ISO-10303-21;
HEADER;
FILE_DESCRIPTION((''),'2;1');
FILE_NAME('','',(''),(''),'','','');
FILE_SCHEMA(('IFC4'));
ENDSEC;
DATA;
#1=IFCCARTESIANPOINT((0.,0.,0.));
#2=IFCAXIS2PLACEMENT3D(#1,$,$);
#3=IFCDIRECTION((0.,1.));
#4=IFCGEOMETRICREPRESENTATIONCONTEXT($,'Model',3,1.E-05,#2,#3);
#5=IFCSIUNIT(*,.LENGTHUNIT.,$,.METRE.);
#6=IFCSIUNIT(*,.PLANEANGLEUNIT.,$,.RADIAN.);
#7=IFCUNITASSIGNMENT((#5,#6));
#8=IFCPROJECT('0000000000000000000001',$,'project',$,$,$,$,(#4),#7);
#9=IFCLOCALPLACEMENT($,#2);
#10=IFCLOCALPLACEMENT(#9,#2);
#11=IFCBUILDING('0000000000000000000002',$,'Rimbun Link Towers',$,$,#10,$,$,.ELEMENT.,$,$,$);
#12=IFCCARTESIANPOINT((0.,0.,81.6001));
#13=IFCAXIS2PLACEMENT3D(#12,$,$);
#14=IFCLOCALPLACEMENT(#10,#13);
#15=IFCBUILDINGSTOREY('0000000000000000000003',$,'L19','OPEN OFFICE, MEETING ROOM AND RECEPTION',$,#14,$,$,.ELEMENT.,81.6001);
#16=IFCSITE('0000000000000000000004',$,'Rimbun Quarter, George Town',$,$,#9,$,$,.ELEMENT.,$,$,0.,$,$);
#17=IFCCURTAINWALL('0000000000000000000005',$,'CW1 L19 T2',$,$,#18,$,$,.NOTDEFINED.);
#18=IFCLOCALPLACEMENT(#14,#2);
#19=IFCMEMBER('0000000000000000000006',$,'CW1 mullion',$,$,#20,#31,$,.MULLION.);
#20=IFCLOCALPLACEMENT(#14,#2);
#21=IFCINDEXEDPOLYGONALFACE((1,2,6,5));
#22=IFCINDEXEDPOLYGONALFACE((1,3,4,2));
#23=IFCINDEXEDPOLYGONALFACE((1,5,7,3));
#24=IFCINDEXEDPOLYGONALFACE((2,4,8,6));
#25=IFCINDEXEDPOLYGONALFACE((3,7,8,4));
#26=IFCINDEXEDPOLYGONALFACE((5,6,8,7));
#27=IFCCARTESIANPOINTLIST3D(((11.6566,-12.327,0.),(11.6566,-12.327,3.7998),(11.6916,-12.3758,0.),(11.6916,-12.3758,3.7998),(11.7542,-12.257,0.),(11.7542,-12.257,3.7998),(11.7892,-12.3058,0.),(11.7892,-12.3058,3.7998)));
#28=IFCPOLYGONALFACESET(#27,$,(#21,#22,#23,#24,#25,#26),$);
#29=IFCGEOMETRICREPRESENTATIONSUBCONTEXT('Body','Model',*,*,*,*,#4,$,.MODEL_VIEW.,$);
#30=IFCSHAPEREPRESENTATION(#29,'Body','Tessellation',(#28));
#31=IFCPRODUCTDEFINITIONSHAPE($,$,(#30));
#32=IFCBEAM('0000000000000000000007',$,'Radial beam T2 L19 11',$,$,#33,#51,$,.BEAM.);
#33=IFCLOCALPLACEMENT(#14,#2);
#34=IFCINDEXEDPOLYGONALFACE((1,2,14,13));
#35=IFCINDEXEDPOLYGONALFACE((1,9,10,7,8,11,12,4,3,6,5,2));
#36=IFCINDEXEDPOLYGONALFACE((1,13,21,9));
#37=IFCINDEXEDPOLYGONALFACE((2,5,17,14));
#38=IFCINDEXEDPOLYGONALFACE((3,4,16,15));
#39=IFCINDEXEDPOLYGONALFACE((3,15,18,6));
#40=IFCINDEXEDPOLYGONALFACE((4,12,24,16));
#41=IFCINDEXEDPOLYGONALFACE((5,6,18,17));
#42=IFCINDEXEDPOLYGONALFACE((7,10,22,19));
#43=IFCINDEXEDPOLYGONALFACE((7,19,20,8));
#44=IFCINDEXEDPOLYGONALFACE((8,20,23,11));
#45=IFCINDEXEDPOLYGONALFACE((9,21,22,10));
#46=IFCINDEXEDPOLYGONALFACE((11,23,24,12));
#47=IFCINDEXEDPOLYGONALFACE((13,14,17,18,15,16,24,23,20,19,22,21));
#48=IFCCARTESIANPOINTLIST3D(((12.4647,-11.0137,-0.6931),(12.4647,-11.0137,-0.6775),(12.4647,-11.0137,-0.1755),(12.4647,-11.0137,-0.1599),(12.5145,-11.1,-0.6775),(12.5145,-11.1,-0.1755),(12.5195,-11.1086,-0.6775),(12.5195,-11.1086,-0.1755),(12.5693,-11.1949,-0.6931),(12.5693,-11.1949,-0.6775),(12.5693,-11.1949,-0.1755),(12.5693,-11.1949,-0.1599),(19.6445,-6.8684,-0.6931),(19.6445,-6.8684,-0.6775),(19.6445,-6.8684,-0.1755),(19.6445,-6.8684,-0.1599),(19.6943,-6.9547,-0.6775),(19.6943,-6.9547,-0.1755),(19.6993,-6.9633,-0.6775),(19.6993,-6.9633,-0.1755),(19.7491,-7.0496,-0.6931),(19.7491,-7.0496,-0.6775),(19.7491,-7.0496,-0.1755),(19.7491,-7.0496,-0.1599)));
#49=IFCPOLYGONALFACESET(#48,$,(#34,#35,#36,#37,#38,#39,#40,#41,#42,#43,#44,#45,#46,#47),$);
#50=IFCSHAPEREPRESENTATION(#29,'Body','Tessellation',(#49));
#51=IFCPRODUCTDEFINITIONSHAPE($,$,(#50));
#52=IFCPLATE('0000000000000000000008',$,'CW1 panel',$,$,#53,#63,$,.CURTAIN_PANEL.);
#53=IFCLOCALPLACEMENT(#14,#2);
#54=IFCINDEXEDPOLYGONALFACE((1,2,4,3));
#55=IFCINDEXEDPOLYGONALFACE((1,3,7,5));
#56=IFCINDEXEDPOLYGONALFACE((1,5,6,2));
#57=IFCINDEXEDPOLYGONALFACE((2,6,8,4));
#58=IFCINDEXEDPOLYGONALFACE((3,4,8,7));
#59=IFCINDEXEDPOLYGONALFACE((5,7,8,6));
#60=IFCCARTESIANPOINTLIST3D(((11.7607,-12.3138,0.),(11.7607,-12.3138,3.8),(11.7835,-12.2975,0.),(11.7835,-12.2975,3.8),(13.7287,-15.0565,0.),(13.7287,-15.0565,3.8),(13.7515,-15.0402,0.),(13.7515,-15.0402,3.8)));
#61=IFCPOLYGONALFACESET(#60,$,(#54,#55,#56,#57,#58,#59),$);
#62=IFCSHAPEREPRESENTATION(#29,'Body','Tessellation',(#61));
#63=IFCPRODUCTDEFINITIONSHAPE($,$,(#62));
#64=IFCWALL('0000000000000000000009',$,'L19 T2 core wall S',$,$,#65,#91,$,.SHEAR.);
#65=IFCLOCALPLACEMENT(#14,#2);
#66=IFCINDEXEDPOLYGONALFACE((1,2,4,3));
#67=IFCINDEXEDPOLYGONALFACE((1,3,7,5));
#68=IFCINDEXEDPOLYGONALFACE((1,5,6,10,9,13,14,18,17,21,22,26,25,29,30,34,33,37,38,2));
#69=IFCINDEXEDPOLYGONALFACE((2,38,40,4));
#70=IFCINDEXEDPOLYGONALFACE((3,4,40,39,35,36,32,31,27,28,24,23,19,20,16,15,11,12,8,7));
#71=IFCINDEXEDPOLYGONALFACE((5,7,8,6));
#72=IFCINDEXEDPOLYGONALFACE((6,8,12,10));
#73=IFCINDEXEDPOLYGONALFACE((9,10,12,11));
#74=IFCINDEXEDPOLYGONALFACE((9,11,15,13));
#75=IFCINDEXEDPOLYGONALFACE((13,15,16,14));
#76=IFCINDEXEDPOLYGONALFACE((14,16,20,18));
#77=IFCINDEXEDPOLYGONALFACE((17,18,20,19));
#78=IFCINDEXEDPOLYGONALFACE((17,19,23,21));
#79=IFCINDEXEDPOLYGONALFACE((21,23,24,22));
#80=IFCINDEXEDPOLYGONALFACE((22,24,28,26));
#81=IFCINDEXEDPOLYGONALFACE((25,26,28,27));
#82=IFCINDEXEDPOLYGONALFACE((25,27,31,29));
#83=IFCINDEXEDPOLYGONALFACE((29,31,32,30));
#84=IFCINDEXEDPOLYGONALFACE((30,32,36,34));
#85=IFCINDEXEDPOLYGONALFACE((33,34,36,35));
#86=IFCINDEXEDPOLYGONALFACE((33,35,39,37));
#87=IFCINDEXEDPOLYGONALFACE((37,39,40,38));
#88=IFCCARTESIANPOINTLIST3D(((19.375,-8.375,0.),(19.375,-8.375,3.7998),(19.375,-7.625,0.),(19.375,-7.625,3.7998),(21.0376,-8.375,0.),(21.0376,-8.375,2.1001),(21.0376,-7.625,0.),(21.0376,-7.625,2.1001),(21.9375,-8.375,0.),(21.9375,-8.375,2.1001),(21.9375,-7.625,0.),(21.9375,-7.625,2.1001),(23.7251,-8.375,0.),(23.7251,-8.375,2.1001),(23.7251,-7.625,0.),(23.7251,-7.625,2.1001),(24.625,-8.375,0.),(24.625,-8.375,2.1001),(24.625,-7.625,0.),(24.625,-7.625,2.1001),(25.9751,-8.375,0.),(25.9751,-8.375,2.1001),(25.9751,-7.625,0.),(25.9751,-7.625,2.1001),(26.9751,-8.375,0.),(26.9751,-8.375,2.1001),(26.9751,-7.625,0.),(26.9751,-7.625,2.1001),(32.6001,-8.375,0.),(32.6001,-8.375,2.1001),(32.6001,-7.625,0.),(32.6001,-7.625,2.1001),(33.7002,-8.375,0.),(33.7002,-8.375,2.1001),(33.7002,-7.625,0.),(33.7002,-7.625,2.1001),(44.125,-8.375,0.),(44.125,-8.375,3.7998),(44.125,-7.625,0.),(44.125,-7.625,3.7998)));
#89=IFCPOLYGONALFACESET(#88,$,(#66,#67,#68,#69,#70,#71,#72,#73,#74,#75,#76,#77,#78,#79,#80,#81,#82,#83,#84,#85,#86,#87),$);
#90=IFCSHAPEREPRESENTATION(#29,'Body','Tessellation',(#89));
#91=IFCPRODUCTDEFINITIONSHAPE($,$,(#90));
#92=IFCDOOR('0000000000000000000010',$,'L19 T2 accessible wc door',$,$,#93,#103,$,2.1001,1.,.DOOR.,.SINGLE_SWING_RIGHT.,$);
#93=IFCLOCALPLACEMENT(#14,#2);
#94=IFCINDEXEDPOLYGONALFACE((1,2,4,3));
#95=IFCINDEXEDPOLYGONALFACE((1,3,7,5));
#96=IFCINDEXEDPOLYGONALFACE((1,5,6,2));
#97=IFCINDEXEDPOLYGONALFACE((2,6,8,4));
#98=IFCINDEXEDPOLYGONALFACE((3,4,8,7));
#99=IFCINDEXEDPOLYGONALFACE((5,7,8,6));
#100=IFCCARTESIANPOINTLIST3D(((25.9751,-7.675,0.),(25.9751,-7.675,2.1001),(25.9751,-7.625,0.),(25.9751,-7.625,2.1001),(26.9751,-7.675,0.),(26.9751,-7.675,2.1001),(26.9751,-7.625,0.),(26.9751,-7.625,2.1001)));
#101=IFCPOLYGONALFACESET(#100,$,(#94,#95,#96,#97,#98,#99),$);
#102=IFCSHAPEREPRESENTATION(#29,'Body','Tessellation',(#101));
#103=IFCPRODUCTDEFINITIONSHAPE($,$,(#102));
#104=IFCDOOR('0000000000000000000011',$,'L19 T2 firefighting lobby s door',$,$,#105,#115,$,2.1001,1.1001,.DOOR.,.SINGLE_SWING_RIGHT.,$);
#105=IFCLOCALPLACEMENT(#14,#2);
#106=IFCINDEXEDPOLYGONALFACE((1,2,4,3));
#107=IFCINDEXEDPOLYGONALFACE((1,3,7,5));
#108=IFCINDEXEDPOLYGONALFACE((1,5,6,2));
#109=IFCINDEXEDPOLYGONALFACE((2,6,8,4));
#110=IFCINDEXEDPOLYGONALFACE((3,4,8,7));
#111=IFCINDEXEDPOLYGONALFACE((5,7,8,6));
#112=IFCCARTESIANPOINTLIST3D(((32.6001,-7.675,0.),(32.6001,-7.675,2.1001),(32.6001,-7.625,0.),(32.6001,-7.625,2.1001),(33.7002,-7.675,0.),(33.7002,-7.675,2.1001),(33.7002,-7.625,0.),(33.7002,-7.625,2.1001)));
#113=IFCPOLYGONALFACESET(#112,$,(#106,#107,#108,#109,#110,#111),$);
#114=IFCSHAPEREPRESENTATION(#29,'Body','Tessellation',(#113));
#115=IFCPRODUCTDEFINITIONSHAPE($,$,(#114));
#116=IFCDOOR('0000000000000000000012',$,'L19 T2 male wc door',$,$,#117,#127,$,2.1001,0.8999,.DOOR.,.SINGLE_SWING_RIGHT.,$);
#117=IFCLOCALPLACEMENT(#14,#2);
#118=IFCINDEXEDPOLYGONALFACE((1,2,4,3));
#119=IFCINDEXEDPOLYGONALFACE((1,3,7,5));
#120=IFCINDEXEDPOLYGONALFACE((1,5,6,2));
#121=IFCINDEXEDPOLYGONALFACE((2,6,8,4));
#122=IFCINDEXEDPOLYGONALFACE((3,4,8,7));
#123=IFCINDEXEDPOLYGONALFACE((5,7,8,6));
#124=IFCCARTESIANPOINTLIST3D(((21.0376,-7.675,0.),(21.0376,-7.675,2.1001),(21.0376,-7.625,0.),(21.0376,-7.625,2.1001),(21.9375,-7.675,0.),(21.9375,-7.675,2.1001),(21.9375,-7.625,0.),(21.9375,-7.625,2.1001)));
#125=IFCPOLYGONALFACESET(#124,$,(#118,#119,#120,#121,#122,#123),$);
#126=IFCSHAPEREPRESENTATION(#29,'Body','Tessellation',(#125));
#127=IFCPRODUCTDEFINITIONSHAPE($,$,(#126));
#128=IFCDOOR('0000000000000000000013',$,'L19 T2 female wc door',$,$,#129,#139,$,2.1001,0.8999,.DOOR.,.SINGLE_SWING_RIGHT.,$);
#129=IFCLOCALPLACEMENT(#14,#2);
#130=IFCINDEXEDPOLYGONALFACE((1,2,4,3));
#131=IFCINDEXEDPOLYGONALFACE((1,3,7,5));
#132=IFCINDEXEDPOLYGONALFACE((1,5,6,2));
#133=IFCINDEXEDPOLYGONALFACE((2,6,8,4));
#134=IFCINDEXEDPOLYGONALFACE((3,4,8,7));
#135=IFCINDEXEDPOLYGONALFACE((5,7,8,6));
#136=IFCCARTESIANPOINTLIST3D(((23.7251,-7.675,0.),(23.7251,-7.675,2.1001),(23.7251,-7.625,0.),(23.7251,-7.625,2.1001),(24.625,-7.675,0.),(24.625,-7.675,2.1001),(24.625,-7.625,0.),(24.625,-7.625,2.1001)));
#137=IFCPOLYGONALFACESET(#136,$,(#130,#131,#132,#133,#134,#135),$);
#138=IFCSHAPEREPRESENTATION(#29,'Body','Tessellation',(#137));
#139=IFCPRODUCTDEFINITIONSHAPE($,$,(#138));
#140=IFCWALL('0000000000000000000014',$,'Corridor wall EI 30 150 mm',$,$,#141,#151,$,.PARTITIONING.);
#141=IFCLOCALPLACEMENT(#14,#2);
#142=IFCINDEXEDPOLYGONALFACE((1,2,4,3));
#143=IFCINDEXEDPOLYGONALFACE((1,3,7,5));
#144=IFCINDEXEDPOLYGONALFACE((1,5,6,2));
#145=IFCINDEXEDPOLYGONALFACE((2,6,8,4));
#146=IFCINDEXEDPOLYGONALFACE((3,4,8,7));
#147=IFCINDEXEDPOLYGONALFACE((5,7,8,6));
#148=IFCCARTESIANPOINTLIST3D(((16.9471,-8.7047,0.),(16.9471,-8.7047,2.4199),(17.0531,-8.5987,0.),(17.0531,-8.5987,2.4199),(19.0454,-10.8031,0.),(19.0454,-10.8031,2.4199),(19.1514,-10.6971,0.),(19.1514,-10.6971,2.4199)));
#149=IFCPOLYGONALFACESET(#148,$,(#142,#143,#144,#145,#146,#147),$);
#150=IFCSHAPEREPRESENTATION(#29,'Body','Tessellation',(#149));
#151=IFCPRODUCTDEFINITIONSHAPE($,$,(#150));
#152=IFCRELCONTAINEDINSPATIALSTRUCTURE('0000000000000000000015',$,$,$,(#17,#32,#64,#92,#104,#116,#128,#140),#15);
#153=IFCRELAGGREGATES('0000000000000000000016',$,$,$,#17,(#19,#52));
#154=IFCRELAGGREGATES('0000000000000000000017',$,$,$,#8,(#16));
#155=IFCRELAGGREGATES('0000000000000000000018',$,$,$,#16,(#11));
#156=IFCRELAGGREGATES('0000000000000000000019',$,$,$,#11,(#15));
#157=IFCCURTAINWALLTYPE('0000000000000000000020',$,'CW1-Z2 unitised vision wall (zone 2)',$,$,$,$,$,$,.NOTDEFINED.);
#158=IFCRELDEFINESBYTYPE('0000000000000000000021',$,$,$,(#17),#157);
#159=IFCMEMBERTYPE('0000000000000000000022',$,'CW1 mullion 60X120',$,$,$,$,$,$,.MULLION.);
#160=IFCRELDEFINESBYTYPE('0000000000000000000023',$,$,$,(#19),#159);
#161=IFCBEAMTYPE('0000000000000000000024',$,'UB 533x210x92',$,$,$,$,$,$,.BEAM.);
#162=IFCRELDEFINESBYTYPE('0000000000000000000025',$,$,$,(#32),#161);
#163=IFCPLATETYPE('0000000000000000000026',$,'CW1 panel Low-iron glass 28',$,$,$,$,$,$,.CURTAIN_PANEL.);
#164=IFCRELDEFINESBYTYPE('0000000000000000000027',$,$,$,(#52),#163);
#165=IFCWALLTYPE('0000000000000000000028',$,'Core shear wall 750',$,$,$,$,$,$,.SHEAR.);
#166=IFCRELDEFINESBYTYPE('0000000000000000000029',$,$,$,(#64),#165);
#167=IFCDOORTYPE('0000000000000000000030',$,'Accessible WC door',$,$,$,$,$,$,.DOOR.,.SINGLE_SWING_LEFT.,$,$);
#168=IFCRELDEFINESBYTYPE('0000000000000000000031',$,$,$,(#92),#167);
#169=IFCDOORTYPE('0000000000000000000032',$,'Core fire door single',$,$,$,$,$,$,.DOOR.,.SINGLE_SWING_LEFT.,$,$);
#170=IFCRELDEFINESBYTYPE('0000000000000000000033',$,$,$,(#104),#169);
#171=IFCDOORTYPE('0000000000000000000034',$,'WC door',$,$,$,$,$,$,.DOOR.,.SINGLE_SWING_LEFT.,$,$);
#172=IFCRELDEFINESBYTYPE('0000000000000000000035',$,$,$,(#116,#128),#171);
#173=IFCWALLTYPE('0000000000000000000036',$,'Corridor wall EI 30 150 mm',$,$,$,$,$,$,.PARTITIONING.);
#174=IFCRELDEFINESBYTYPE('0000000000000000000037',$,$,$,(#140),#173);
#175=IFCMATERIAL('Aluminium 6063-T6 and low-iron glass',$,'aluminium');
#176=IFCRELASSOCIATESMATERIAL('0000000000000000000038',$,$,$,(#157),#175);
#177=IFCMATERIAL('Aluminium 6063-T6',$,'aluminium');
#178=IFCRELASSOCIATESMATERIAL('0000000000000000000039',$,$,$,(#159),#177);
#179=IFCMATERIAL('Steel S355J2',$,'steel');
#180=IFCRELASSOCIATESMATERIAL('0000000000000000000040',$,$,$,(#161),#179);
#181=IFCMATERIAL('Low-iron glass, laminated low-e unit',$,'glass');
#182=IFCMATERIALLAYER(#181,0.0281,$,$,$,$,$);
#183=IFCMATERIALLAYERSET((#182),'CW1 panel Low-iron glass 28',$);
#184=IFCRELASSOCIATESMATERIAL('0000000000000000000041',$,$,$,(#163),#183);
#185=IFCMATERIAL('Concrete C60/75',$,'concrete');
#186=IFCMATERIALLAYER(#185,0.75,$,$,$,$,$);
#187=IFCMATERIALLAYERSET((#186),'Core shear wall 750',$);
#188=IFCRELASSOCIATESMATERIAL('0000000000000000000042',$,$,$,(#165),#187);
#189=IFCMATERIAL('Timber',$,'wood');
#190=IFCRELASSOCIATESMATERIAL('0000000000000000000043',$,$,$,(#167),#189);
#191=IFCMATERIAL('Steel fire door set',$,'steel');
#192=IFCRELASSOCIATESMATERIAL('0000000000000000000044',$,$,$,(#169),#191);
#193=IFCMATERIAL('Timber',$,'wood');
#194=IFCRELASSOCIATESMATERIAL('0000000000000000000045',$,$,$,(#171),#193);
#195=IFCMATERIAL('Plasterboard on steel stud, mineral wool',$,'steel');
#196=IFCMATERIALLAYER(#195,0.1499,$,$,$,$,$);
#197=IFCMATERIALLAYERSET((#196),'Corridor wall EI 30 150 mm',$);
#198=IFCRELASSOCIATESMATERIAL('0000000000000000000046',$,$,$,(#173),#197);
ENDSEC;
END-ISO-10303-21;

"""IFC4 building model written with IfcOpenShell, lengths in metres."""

from ifc_helpers import new_model, si_unit, direction, frame, frame_2d, origin, origin_2d, place, context, subcontext, project, spatial, rectangle, i_section, extrude, material, layer, layer_set, material_profile, profile_set, type_object, element, fill, aggregate, save


model = new_model("IFC4")

# Units and contexts
model_context = context("Model", 3, precision=1e-05, world=origin(), true_north=direction((0.0, 1.0)))
body_context = subcontext(model_context, "Body", "Model", "MODEL_VIEW")
ifc_project = project(units=[si_unit("LENGTHUNIT", "METRE"), si_unit("PLANEANGLEUNIT", "RADIAN")], contexts=[model_context])

# Site, building, storey
site_placement = place(None, origin())
site = spatial("IfcSite", under=ifc_project, at=site_placement, Name="Rimbun Quarter, George Town", CompositionType="ELEMENT", RefElevation=0.0)
building_placement = place(site_placement, origin())
building = spatial("IfcBuilding", under=site, at=building_placement, Name="Rimbun Link Towers", CompositionType="ELEMENT")
storey_placement = place(building_placement, frame((0.0, 0.0, 81.6001)))
storey = spatial("IfcBuildingStorey", under=building, at=storey_placement, Name="L19", Description="OPEN OFFICE, MEETING ROOM AND RECEPTION", CompositionType="ELEMENT", Elevation=81.6001)

# Curtain wall, member
ifc_material_1 = material(Name="Aluminium 6063-T6 and low-iron glass", Category="aluminium")
curtain_wall_type = type_object("IfcCurtainWallType", Name="CW1-Z2 unitised vision wall (zone 2)", PredefinedType="NOTDEFINED", material=ifc_material_1)
curtain_wall_placement = place(storey_placement, origin())
curtain_wall = element("IfcCurtainWall", 1, at=curtain_wall_placement, inside=storey, type_object=curtain_wall_type, Name="CW1 L19 T2", PredefinedType="NOTDEFINED")
ifc_material_2 = material(Name="Aluminium 6063-T6", Category="aluminium")
ifc_material_profile_1 = material_profile(ifc_material_2, rectangle(XDim=0.1201, YDim=0.0601, at=origin_2d()), Name="MULLION 60X120")
ifc_profile_set_1 = profile_set([ifc_material_profile_1], Name="Aluminium 6063-T6")
member_type = type_object("IfcMemberType", Name="CW1 mullion 60X120", PredefinedType="MULLION", material=ifc_profile_set_1)
member_placement = place(storey_placement, frame((11.7229, -12.3164, 0.0), z_axis=(0.0, 0.0, 1.0), x_axis=(-0.812469, -0.583004, 0.0)))
member = element("IfcMember", 2, at=member_placement, type_object=member_type, Name="CW1 mullion", PredefinedType="MULLION", context=body_context, shape_type="SweptSolid", body=[
    extrude(rectangle(XDim=0.1201, YDim=0.0601, at=origin_2d()), origin(), (0.0, 0.0, 1.0), 3.7998),
])

# Beam
ifc_material_3 = material(Name="Steel S355J2", Category="steel")
ifc_material_profile_2 = material_profile(ifc_material_3, i_section(OverallWidth=0.2092, OverallDepth=0.5332, WebThickness=0.01, FlangeThickness=0.0156, at=origin_2d()), Name="UB 533x210x92")
ifc_profile_set_2 = profile_set([ifc_material_profile_2], Name="Steel S355J2")
beam_type = type_object("IfcBeamType", Name="UB 533x210x92", PredefinedType="BEAM", material=ifc_profile_set_2)
beam_placement = place(storey_placement, frame((19.6968, -6.959, -0.4265), z_axis=(-0.866022, -0.500006, 0.0), x_axis=(0.500006, -0.866022, 0.0)))
element("IfcBeam", 3, at=beam_placement, inside=storey, type_object=beam_type, Name="Radial beam T2 L19 11", PredefinedType="BEAM", context=body_context, shape_type="SweptSolid", body=[
    extrude(i_section(OverallWidth=0.2092, OverallDepth=0.5332, WebThickness=0.01, FlangeThickness=0.0156, at=origin_2d()), origin(), (0.0, 0.0, 1.0), 8.2905),
])

# Plate
ifc_material_4 = material(Name="Low-iron glass, laminated low-e unit", Category="glass")
ifc_layer_1 = layer(ifc_material_4, 0.0281)
ifc_layer_set_1 = layer_set([ifc_layer_1], Name="CW1 panel Low-iron glass 28")
plate_type = type_object("IfcPlateType", Name="CW1 panel Low-iron glass 28", PredefinedType="CURTAIN_PANEL", material=ifc_layer_set_1)
plate_placement = place(storey_placement, frame((12.7561, -13.677, 0.0), z_axis=(0.0, 0.0, 1.0), x_axis=(-0.583004, 0.812469, 0.0)))
plate = element("IfcPlate", 4, at=plate_placement, type_object=plate_type, Name="CW1 panel", PredefinedType="CURTAIN_PANEL", context=body_context, shape_type="SweptSolid", body=[
    extrude(rectangle(XDim=3.3757, YDim=0.0281, at=origin_2d()), origin(), (0.0, 0.0, 1.0), 3.8),
])
aggregate(curtain_wall, [member, plate])

# Wall, openings, doors
ifc_material_5 = material(Name="Concrete C60/75", Category="concrete")
ifc_layer_2 = layer(ifc_material_5, 0.75)
ifc_layer_set_2 = layer_set([ifc_layer_2], Name="Core shear wall 750")
wall_type_1 = type_object("IfcWallType", Name="Core shear wall 750", PredefinedType="SHEAR", material=ifc_layer_set_2)
wall_1_placement = place(storey_placement, frame((19.375, -8.0, 0.0), z_axis=(0.0, 0.0, 1.0), x_axis=(1.0, 0.0, 0.0)))
wall_1 = element("IfcWall", 5, at=wall_1_placement, inside=storey, type_object=wall_type_1, Name="L19 T2 core wall S", PredefinedType="SHEAR", context=body_context, shape_type="SweptSolid", body=[
    extrude(rectangle(XDim=24.75, YDim=0.75, at=frame_2d((12.375, 0.0))), origin(), (0.0, 0.0, 1.0), 3.7998),
])
opening_1_placement = place(wall_1_placement, frame((13.2251, 0.0, 0.0)))
opening_1 = element("IfcOpeningElement", 6, at=opening_1_placement, cuts=wall_1, PredefinedType="OPENING", context=body_context, shape_type="SweptSolid", body=[
    extrude(rectangle(XDim=1.1001, YDim=2.1001, at=frame_2d((0.55, 1.05))), frame((0.0, 0.385, 0.0), z_axis=(0.0, -1.0, 0.0), x_axis=(1.0, 0.0, 0.0)), (0.0, 0.0, 1.0), 0.77),
])
opening_2_placement = place(wall_1_placement, frame((1.6626, 0.0, 0.0)))
opening_2 = element("IfcOpeningElement", 7, at=opening_2_placement, cuts=wall_1, PredefinedType="OPENING", context=body_context, shape_type="SweptSolid", body=[
    extrude(rectangle(XDim=0.8999, YDim=2.1001, at=frame_2d((0.45, 1.05))), frame((0.0, 0.385, 0.0), z_axis=(0.0, -1.0, 0.0), x_axis=(1.0, 0.0, 0.0)), (0.0, 0.0, 1.0), 0.77),
])
opening_3_placement = place(wall_1_placement, frame((4.3501, 0.0, 0.0)))
opening_3 = element("IfcOpeningElement", 8, at=opening_3_placement, cuts=wall_1, PredefinedType="OPENING", context=body_context, shape_type="SweptSolid", body=[
    extrude(rectangle(XDim=0.8999, YDim=2.1001, at=frame_2d((0.45, 1.05))), frame((0.0, 0.385, 0.0), z_axis=(0.0, -1.0, 0.0), x_axis=(1.0, 0.0, 0.0)), (0.0, 0.0, 1.0), 0.77),
])
opening_4_placement = place(wall_1_placement, frame((6.6001, 0.0, 0.0)))
opening_4 = element("IfcOpeningElement", 9, at=opening_4_placement, cuts=wall_1, PredefinedType="OPENING", context=body_context, shape_type="SweptSolid", body=[
    extrude(rectangle(XDim=1.0, YDim=2.1001, at=frame_2d((0.5, 1.05))), frame((0.0, 0.385, 0.0), z_axis=(0.0, -1.0, 0.0), x_axis=(1.0, 0.0, 0.0)), (0.0, 0.0, 1.0), 0.77),
])
ifc_material_6 = material(Name="Timber", Category="wood")
door_type_1 = type_object("IfcDoorType", Name="Accessible WC door", OperationType="SINGLE_SWING_LEFT", PredefinedType="DOOR", material=ifc_material_6)
door_1_placement = place(opening_4_placement, origin())
door_1 = element("IfcDoor", 10, at=door_1_placement, inside=storey, type_object=door_type_1, Name="L19 T2 accessible wc door", OperationType="SINGLE_SWING_RIGHT", OverallHeight=2.1001, OverallWidth=1.0, PredefinedType="DOOR", context=body_context, shape_type="SweptSolid", body=[
    extrude(rectangle(XDim=1.0, YDim=2.1001, at=frame_2d((0.5, 1.05))), frame((0.0, 0.375, 0.0), z_axis=(0.0, -1.0, 0.0), x_axis=(1.0, 0.0, 0.0)), (0.0, 0.0, 1.0), 0.05),
])
fill(opening_4, door_1)
ifc_material_7 = material(Name="Steel fire door set", Category="steel")
door_type_2 = type_object("IfcDoorType", Name="Core fire door single", OperationType="SINGLE_SWING_LEFT", PredefinedType="DOOR", material=ifc_material_7)
door_2_placement = place(opening_1_placement, origin())
door_2 = element("IfcDoor", 11, at=door_2_placement, inside=storey, type_object=door_type_2, Name="L19 T2 firefighting lobby s door", OperationType="SINGLE_SWING_RIGHT", OverallHeight=2.1001, OverallWidth=1.1001, PredefinedType="DOOR", context=body_context, shape_type="SweptSolid", body=[
    extrude(rectangle(XDim=1.1001, YDim=2.1001, at=frame_2d((0.55, 1.05))), frame((0.0, 0.375, 0.0), z_axis=(0.0, -1.0, 0.0), x_axis=(1.0, 0.0, 0.0)), (0.0, 0.0, 1.0), 0.05),
])
fill(opening_1, door_2)
ifc_material_8 = material(Name="Timber", Category="wood")
door_type_3 = type_object("IfcDoorType", Name="WC door", OperationType="SINGLE_SWING_LEFT", PredefinedType="DOOR", material=ifc_material_8)
door_3_placement = place(opening_2_placement, origin())
door_3 = element("IfcDoor", 12, at=door_3_placement, inside=storey, type_object=door_type_3, Name="L19 T2 male wc door", OperationType="SINGLE_SWING_RIGHT", OverallHeight=2.1001, OverallWidth=0.8999, PredefinedType="DOOR", context=body_context, shape_type="SweptSolid", body=[
    extrude(rectangle(XDim=0.8999, YDim=2.1001, at=frame_2d((0.45, 1.05))), frame((0.0, 0.375, 0.0), z_axis=(0.0, -1.0, 0.0), x_axis=(1.0, 0.0, 0.0)), (0.0, 0.0, 1.0), 0.05),
])
fill(opening_2, door_3)
door_4_placement = place(opening_3_placement, origin())
door_4 = element("IfcDoor", 13, at=door_4_placement, inside=storey, type_object=door_type_3, Name="L19 T2 female wc door", OperationType="SINGLE_SWING_RIGHT", OverallHeight=2.1001, OverallWidth=0.8999, PredefinedType="DOOR", context=body_context, shape_type="SweptSolid", body=[
    extrude(rectangle(XDim=0.8999, YDim=2.1001, at=frame_2d((0.45, 1.05))), frame((0.0, 0.375, 0.0), z_axis=(0.0, -1.0, 0.0), x_axis=(1.0, 0.0, 0.0)), (0.0, 0.0, 1.0), 0.05),
])
fill(opening_3, door_4)

# Wall
ifc_material_9 = material(Name="Plasterboard on steel stud, mineral wool", Category="steel")
ifc_layer_3 = layer(ifc_material_9, 0.1499)
ifc_layer_set_3 = layer_set([ifc_layer_3], Name="Corridor wall EI 30 150 mm")
wall_type_2 = type_object("IfcWallType", Name="Corridor wall EI 30 150 mm", PredefinedType="PARTITIONING", material=ifc_layer_set_3)
wall_2_placement = place(storey_placement, frame((17.0, -8.6516, 0.0), z_axis=(0.0, 0.0, 1.0), x_axis=(0.707107, -0.707107, 0.0)))
element("IfcWall", 14, at=wall_2_placement, inside=storey, type_object=wall_type_2, Name="Corridor wall EI 30 150 mm", PredefinedType="PARTITIONING", context=body_context, shape_type="SweptSolid", body=[
    extrude(rectangle(XDim=2.9675, YDim=0.1499, at=frame_2d((1.4839, 0.0))), origin(), (0.0, 0.0, 1.0), 2.4199),
])

save(model, "model.ifc")
